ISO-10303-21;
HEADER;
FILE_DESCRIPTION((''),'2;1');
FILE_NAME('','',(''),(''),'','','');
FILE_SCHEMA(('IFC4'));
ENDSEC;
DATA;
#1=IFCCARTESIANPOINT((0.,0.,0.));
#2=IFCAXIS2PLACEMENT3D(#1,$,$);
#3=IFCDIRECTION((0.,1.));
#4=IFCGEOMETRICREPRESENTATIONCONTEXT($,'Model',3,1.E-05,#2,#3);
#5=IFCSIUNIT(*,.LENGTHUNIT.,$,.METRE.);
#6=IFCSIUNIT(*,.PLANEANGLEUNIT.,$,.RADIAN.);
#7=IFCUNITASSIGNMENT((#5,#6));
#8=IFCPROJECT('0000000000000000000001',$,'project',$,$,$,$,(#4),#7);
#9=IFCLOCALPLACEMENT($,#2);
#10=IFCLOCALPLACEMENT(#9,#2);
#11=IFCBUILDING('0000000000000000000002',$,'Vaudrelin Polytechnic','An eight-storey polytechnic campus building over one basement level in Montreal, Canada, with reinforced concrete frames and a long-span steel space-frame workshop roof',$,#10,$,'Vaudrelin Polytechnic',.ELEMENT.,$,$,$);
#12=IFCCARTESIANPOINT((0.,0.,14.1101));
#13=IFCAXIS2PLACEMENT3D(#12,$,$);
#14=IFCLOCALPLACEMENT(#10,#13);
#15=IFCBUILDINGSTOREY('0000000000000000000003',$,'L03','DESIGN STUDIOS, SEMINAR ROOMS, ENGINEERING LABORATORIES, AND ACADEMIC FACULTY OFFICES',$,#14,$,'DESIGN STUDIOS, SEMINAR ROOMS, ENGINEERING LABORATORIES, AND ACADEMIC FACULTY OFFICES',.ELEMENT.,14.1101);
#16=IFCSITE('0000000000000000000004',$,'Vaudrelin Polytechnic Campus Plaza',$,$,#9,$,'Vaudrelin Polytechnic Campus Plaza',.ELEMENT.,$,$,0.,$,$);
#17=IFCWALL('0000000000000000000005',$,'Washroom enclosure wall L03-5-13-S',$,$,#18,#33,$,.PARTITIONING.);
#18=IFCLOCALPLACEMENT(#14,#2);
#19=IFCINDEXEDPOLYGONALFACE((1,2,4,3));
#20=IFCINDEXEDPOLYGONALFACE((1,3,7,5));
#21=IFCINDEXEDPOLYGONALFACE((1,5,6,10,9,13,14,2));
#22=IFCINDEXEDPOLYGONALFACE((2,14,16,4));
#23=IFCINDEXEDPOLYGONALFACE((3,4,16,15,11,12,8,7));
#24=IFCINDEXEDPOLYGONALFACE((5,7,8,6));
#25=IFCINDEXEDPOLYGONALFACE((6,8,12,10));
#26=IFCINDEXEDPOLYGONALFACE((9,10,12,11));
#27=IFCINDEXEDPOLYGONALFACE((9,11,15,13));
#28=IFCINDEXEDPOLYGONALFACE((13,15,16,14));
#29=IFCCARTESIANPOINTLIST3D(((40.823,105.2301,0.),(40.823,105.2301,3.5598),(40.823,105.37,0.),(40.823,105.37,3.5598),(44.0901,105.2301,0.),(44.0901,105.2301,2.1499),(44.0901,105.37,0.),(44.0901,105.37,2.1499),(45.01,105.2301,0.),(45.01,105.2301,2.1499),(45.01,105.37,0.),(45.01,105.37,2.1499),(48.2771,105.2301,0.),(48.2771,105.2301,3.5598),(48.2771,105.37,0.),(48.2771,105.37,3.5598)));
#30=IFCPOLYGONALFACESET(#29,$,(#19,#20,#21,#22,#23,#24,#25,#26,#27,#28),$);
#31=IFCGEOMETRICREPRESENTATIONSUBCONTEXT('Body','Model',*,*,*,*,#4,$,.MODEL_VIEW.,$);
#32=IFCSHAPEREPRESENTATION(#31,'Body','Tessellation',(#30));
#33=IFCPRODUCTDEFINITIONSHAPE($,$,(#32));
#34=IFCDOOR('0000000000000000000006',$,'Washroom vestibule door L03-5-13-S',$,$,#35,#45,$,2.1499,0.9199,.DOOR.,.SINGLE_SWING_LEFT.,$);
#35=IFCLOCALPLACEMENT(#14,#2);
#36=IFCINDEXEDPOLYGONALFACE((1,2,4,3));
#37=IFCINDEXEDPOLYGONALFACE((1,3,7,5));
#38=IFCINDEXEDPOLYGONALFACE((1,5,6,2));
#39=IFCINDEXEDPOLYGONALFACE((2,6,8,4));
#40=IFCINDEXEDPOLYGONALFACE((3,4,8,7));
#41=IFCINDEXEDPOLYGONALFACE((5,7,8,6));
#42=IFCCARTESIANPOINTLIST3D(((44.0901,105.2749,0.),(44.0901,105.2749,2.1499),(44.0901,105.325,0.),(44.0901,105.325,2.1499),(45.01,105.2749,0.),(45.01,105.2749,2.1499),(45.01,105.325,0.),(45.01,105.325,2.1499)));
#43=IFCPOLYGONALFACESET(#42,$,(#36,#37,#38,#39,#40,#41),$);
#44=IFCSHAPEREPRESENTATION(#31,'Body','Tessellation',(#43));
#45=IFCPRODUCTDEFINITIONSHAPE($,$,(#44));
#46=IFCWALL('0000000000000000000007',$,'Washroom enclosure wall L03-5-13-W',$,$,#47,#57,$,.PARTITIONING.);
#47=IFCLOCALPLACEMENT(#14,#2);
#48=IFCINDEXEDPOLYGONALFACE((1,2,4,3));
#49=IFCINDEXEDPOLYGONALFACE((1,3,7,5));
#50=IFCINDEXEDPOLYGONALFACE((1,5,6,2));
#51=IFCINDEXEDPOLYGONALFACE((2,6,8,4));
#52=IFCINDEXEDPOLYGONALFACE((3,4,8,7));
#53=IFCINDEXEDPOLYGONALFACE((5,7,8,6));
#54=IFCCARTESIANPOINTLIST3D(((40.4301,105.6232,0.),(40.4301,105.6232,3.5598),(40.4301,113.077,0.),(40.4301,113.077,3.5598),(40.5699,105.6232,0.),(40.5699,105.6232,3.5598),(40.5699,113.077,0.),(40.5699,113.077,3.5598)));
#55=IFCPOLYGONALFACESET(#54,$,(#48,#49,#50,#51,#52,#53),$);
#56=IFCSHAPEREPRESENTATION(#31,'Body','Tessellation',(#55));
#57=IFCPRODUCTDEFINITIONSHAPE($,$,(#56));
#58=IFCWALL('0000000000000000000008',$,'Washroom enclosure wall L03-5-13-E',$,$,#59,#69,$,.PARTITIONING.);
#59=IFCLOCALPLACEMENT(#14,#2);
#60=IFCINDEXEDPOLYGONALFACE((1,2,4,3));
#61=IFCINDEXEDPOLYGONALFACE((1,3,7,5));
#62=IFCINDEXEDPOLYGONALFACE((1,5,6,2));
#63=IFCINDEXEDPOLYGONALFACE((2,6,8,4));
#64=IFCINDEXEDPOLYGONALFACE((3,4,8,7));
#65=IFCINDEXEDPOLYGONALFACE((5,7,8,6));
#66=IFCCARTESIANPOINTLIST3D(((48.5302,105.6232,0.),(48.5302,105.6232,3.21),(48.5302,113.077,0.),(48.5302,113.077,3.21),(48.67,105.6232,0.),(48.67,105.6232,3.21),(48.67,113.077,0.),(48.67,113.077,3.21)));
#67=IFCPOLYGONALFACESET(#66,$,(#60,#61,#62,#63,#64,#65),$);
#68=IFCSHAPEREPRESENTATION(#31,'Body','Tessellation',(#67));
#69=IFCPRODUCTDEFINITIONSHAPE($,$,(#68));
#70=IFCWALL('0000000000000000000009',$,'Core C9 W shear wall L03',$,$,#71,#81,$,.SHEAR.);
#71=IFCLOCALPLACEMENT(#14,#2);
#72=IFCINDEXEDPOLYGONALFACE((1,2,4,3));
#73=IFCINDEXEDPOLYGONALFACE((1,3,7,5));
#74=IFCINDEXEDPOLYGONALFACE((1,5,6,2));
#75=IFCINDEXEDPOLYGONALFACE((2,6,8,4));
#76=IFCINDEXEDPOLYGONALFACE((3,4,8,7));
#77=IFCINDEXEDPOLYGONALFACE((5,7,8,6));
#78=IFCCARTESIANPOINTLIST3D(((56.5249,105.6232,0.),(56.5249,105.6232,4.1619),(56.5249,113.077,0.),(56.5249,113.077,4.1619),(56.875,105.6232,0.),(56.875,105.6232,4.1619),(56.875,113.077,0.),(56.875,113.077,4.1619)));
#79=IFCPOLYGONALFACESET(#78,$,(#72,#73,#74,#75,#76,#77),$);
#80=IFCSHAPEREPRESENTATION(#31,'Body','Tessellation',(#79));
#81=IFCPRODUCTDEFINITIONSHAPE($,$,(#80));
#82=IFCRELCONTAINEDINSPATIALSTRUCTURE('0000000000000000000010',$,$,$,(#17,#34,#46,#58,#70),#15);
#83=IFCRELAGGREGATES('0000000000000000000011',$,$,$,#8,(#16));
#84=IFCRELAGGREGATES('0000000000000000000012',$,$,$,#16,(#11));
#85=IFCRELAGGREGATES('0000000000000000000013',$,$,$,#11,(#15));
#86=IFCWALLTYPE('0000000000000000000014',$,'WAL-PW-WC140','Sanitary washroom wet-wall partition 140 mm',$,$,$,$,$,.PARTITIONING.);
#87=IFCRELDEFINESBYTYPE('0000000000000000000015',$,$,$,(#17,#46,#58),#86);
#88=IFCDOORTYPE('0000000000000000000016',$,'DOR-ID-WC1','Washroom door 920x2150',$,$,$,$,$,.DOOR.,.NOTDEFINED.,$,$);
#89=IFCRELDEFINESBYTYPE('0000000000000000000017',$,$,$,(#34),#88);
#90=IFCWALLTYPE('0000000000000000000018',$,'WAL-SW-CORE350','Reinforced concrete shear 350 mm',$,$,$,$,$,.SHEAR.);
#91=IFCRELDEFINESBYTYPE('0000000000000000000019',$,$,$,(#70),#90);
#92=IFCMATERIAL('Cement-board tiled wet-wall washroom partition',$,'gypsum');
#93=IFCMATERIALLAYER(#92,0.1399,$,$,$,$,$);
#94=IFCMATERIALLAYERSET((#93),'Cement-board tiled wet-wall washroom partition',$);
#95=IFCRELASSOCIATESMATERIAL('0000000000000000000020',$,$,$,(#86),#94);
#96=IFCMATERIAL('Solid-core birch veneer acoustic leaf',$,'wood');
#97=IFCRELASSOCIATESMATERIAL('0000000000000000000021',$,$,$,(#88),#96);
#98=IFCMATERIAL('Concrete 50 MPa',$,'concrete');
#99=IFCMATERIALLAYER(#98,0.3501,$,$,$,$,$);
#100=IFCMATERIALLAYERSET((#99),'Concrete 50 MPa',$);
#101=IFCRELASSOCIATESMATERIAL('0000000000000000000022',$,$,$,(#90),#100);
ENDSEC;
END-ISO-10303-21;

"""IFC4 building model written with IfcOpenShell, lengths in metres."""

from ifc_helpers import new_model, si_unit, direction, frame, frame_2d, origin, place, context, subcontext, project, spatial, rectangle, extrude, material, layer, layer_set, type_object, element, fill, save


model = new_model("IFC4")

# Units and contexts
model_context = context("Model", 3, precision=1e-05, world=origin(), true_north=direction((0.0, 1.0)))
body_context = subcontext(model_context, "Body", "Model", "MODEL_VIEW")
ifc_project = project(units=[si_unit("LENGTHUNIT", "METRE"), si_unit("PLANEANGLEUNIT", "RADIAN")], contexts=[model_context])

# Site, building, storey
site_placement = place(None, origin())
site = spatial("IfcSite", under=ifc_project, at=site_placement, Name="Vaudrelin Polytechnic Campus Plaza", LongName="Vaudrelin Polytechnic Campus Plaza", CompositionType="ELEMENT", RefElevation=0.0)
building_placement = place(site_placement, origin())
building = spatial("IfcBuilding", under=site, at=building_placement, Name="Vaudrelin Polytechnic", Description="An eight-storey polytechnic campus building over one basement level in Montreal, Canada, with reinforced concrete frames and a long-span steel space-frame workshop roof", LongName="Vaudrelin Polytechnic", CompositionType="ELEMENT")
storey_placement = place(building_placement, frame((0.0, 0.0, 14.1101)))
storey = spatial("IfcBuildingStorey", under=building, at=storey_placement, Name="L03", Description="DESIGN STUDIOS, SEMINAR ROOMS, ENGINEERING LABORATORIES, AND ACADEMIC FACULTY OFFICES", LongName="DESIGN STUDIOS, SEMINAR ROOMS, ENGINEERING LABORATORIES, AND ACADEMIC FACULTY OFFICES", CompositionType="ELEMENT", Elevation=14.1101)

# Shared definitions
ifc_material_1 = material(Name="Concrete 50 MPa", Category="concrete")

# Wall, opening, door
ifc_material_2 = material(Name="Solid-core birch veneer acoustic leaf", Category="wood")
ifc_material_3 = material(Name="Cement-board tiled wet-wall washroom partition", Category="gypsum")
ifc_layer_1 = layer(ifc_material_3, 0.1399)
ifc_layer_set_1 = layer_set([ifc_layer_1], Name="Cement-board tiled wet-wall washroom partition")
wall_type_1 = type_object("IfcWallType", Name="WAL-PW-WC140", Description="Sanitary washroom wet-wall partition 140 mm", PredefinedType="PARTITIONING", material=ifc_layer_set_1)
wall_1_placement = place(storey_placement, frame((40.823, 105.3, 0.0), z_axis=(0.0, 0.0, 1.0), x_axis=(1.0, 0.0, 0.0)))
wall_1 = element("IfcWall", 1, at=wall_1_placement, inside=storey, type_object=wall_type_1, Name="Washroom enclosure wall L03-5-13-S", PredefinedType="PARTITIONING", context=body_context, shape_type="SweptSolid", body=[
    extrude(rectangle(XDim=7.4541, YDim=0.1399, at=frame_2d((3.7271, 0.0))), origin(), (0.0, 0.0, 1.0), 3.5598),
])
opening_1_placement = place(wall_1_placement, frame((3.2671, 0.0, 0.0)))
opening_1 = element("IfcOpeningElement", 2, at=opening_1_placement, cuts=wall_1, PredefinedType="OPENING", context=body_context, shape_type="SweptSolid", body=[
    extrude(rectangle(XDim=0.9199, YDim=2.1499, at=frame_2d((0.46, 1.075))), frame((0.0, 0.0801, 0.0), z_axis=(0.0, -1.0, 0.0), x_axis=(1.0, 0.0, 0.0)), (0.0, 0.0, 1.0), 0.1599),
])
door_type_1 = type_object("IfcDoorType", Name="DOR-ID-WC1", Description="Washroom door 920x2150", OperationType="NOTDEFINED", PredefinedType="DOOR", material=ifc_material_2)
door_1_placement = place(opening_1_placement, origin())
door_1 = element("IfcDoor", 3, at=door_1_placement, inside=storey, type_object=door_type_1, Name="Washroom vestibule door L03-5-13-S", OperationType="SINGLE_SWING_LEFT", OverallHeight=2.1499, OverallWidth=0.9199, PredefinedType="DOOR", context=body_context, shape_type="SweptSolid", body=[
    extrude(rectangle(XDim=0.9199, YDim=2.1499, at=frame_2d((0.46, 1.075))), frame((0.0, 0.0249, 0.0), z_axis=(0.0, -1.0, 0.0), x_axis=(1.0, 0.0, 0.0)), (0.0, 0.0, 1.0), 0.05),
])
fill(opening_1, door_1)

# Walls
wall_2_placement = place(storey_placement, frame((40.5, 105.623, 0.0), z_axis=(0.0, 0.0, 1.0), x_axis=(0.0, 1.0, 0.0)))
element("IfcWall", 4, at=wall_2_placement, inside=storey, type_object=wall_type_1, Name="Washroom enclosure wall L03-5-13-W", PredefinedType="PARTITIONING", context=body_context, shape_type="SweptSolid", body=[
    extrude(rectangle(XDim=7.4539, YDim=0.1399, at=frame_2d((3.7271, 0.0))), origin(), (0.0, 0.0, 1.0), 3.5598),
])
wall_3_placement = place(storey_placement, frame((48.6001, 105.623, 0.0), z_axis=(0.0, 0.0, 1.0), x_axis=(0.0, 1.0, 0.0)))
element("IfcWall", 5, at=wall_3_placement, inside=storey, type_object=wall_type_1, Name="Washroom enclosure wall L03-5-13-E", PredefinedType="PARTITIONING", context=body_context, shape_type="SweptSolid", body=[
    extrude(rectangle(XDim=7.4539, YDim=0.1399, at=frame_2d((3.7271, 0.0))), origin(), (0.0, 0.0, 1.0), 3.21),
])

# Wall
ifc_layer_2 = layer(ifc_material_1, 0.3501)
ifc_layer_set_2 = layer_set([ifc_layer_2], Name="Concrete 50 MPa")
wall_type_2 = type_object("IfcWallType", Name="WAL-SW-CORE350", Description="Reinforced concrete shear 350 mm", PredefinedType="SHEAR", material=ifc_layer_set_2)
wall_4_placement = place(storey_placement, frame((56.7, 105.623, 0.0), z_axis=(0.0, 0.0, 1.0), x_axis=(0.0, 1.0, 0.0)))
element("IfcWall", 6, at=wall_4_placement, inside=storey, type_object=wall_type_2, Name="Core C9 W shear wall L03", PredefinedType="SHEAR", context=body_context, shape_type="SweptSolid", body=[
    extrude(rectangle(XDim=7.4539, YDim=0.3501, at=frame_2d((3.7271, 0.0))), origin(), (0.0, 0.0, 1.0), 4.1619),
])

save(model, "model.ifc")
